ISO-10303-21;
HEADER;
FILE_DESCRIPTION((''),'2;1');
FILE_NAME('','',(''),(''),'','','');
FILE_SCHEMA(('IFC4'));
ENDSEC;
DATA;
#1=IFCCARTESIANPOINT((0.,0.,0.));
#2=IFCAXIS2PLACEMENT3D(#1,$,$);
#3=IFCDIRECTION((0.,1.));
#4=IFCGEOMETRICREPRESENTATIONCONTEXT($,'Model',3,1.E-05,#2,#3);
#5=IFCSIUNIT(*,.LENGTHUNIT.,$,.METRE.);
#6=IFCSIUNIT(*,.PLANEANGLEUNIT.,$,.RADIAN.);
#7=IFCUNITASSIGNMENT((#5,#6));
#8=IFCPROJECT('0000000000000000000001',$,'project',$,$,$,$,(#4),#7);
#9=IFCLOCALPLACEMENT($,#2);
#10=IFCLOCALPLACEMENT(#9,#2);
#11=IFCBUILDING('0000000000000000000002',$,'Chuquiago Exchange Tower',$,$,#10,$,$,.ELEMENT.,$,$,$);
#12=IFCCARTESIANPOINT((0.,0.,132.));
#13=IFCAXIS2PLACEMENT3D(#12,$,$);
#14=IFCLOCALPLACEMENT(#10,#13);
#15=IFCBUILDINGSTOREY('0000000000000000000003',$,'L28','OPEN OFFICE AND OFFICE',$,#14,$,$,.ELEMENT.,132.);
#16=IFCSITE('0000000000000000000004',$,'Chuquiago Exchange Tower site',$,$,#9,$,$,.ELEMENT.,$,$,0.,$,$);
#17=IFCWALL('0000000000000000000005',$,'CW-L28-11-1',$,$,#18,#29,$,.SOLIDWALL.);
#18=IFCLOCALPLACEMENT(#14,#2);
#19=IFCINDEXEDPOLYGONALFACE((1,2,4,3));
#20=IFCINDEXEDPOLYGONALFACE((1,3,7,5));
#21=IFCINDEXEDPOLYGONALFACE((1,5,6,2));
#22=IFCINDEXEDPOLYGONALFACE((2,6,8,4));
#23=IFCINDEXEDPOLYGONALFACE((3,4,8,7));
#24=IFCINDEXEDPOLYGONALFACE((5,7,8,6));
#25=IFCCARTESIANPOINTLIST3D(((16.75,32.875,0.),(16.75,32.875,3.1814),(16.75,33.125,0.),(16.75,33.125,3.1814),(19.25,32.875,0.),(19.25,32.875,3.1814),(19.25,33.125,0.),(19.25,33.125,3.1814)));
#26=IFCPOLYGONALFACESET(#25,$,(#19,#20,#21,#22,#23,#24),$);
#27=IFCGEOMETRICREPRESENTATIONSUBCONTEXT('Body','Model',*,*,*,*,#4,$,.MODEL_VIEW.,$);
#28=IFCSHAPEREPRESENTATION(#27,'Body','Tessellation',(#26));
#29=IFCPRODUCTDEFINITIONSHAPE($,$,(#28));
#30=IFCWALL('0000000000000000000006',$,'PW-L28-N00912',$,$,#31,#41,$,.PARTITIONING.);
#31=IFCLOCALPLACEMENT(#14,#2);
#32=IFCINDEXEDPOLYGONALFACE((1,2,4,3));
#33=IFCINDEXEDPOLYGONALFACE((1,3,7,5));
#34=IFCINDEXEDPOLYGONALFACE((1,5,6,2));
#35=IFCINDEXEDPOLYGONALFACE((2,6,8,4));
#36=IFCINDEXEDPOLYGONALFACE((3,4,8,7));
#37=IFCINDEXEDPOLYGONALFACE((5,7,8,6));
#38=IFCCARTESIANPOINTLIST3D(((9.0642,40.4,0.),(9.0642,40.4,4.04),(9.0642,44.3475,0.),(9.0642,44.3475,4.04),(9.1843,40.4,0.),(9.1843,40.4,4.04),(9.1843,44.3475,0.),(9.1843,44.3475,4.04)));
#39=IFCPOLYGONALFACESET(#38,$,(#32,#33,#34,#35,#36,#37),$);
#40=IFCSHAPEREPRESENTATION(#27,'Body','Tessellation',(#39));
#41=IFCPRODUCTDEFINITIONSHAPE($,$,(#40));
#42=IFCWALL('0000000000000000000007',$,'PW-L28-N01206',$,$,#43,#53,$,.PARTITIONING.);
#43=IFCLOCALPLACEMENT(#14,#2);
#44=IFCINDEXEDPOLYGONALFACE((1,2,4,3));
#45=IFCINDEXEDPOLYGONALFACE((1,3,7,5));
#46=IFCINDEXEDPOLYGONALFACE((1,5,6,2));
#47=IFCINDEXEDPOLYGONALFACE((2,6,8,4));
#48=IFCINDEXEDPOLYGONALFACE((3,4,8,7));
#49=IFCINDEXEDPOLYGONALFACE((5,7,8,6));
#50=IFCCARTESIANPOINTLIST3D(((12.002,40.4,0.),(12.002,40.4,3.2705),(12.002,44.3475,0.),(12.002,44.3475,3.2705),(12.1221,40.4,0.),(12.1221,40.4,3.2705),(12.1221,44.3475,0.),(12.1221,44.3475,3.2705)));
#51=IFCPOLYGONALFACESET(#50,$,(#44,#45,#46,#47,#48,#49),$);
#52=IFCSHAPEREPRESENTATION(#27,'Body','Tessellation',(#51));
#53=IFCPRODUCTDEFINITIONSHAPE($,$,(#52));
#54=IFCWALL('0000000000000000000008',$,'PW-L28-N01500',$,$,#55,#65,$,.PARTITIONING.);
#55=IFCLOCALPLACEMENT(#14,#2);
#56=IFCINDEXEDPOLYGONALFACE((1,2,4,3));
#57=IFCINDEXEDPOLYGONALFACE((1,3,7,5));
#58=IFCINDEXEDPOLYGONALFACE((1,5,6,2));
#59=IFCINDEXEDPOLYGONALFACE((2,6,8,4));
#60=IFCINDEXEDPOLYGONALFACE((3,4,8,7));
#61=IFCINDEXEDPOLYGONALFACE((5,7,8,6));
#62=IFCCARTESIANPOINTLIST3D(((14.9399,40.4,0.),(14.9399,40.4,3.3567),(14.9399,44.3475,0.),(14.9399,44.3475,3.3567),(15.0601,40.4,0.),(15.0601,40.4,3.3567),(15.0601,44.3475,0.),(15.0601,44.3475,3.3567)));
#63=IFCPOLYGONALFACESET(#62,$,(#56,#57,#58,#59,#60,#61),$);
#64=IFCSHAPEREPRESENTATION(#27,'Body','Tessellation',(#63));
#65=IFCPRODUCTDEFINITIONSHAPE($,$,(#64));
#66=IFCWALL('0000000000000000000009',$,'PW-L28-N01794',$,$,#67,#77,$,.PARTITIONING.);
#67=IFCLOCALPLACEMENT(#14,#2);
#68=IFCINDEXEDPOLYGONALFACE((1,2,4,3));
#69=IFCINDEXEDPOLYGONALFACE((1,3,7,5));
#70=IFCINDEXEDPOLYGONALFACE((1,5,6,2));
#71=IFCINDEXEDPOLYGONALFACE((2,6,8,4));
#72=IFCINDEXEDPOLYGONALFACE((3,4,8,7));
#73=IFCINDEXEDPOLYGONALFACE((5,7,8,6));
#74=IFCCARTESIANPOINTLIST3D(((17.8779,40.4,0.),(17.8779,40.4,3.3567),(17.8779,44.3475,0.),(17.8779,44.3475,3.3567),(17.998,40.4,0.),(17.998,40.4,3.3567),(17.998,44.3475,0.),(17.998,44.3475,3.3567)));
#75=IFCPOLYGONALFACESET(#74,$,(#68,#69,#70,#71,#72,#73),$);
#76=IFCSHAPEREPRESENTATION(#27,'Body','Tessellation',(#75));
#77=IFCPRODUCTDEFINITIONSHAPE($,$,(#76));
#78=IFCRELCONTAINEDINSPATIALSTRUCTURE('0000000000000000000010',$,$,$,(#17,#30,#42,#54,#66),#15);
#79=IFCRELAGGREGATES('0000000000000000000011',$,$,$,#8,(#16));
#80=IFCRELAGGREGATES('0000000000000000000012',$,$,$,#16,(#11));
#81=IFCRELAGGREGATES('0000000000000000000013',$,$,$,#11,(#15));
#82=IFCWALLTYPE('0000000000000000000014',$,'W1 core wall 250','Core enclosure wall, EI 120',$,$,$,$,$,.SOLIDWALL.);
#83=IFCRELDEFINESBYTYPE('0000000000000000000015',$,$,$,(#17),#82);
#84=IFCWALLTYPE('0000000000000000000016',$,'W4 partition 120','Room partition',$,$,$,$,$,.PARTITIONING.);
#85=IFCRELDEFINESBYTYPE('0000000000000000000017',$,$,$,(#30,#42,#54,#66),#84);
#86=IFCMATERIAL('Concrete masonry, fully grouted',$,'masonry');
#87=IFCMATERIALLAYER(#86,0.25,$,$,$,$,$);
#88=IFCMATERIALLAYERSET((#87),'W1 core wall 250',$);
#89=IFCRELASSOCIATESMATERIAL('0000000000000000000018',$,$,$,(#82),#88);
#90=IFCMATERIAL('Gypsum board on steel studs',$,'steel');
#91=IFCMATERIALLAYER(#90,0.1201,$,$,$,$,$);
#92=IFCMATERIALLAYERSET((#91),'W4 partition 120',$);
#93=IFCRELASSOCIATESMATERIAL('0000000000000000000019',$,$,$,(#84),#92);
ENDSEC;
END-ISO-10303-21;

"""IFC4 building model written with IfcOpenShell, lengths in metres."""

from ifc_helpers import new_model, si_unit, direction, frame, frame_2d, origin, place, context, subcontext, project, spatial, rectangle, extrude, material, layer, layer_set, type_object, element, save


model = new_model("IFC4")

# Units and contexts
model_context = context("Model", 3, precision=1e-05, world=origin(), true_north=direction((0.0, 1.0)))
body_context = subcontext(model_context, "Body", "Model", "MODEL_VIEW")
ifc_project = project(units=[si_unit("LENGTHUNIT", "METRE"), si_unit("PLANEANGLEUNIT", "RADIAN")], contexts=[model_context])

# Site, building, storey
site_placement = place(None, origin())
site = spatial("IfcSite", under=ifc_project, at=site_placement, Name="Chuquiago Exchange Tower site", CompositionType="ELEMENT", RefElevation=0.0)
building_placement = place(site_placement, origin())
building = spatial("IfcBuilding", under=site, at=building_placement, Name="Chuquiago Exchange Tower", CompositionType="ELEMENT")
storey_placement = place(building_placement, frame((0.0, 0.0, 132.0)))
storey = spatial("IfcBuildingStorey", under=building, at=storey_placement, Name="L28", Description="OPEN OFFICE AND OFFICE", CompositionType="ELEMENT", Elevation=132.0)

# Walls
ifc_material_1 = material(Name="Concrete masonry, fully grouted", Category="masonry")
ifc_layer_1 = layer(ifc_material_1, 0.25)
ifc_layer_set_1 = layer_set([ifc_layer_1], Name="W1 core wall 250")
wall_type_1 = type_object("IfcWallType", Name="W1 core wall 250", Description="Core enclosure wall, EI 120", PredefinedType="SOLIDWALL", material=ifc_layer_set_1)
wall_1_placement = place(storey_placement, frame((16.75, 33.0, 0.0), z_axis=(0.0, 0.0, 1.0), x_axis=(1.0, 0.0, 0.0)))
element("IfcWall", 1, at=wall_1_placement, inside=storey, type_object=wall_type_1, Name="CW-L28-11-1", PredefinedType="SOLIDWALL", context=body_context, shape_type="SweptSolid", body=[
    extrude(rectangle(XDim=2.5, YDim=0.25, at=frame_2d((1.25, 0.0))), origin(), (0.0, 0.0, 1.0), 3.1814),
])
ifc_material_2 = material(Name="Gypsum board on steel studs", Category="steel")
ifc_layer_2 = layer(ifc_material_2, 0.1201)
ifc_layer_set_2 = layer_set([ifc_layer_2], Name="W4 partition 120")
wall_type_2 = type_object("IfcWallType", Name="W4 partition 120", Description="Room partition", PredefinedType="PARTITIONING", material=ifc_layer_set_2)
wall_2_placement = place(storey_placement, frame((9.1243, 44.3474, 0.0), z_axis=(0.0, 0.0, 1.0), x_axis=(0.0, -1.0, 0.0)))
element("IfcWall", 2, at=wall_2_placement, inside=storey, type_object=wall_type_2, Name="PW-L28-N00912", PredefinedType="PARTITIONING", context=body_context, shape_type="SweptSolid", body=[
    extrude(rectangle(XDim=3.9475, YDim=0.1201, at=frame_2d((1.9736, 0.0))), origin(), (0.0, 0.0, 1.0), 4.04),
])
wall_3_placement = place(storey_placement, frame((12.062, 44.3474, 0.0), z_axis=(0.0, 0.0, 1.0), x_axis=(0.0, -1.0, 0.0)))
element("IfcWall", 3, at=wall_3_placement, inside=storey, type_object=wall_type_2, Name="PW-L28-N01206", PredefinedType="PARTITIONING", context=body_context, shape_type="SweptSolid", body=[
    extrude(rectangle(XDim=3.9475, YDim=0.1201, at=frame_2d((1.9736, 0.0))), origin(), (0.0, 0.0, 1.0), 3.2705),
])
for number, where, z_axis, x_axis, name in (
    (4, (15.0, 44.3474, 0.0), (0.0, 0.0, 1.0), (0.0, -1.0, 0.0), "PW-L28-N01500"),
    (5, (17.938, 44.3474, 0.0), (0.0, 0.0, 1.0), (0.0, -1.0, 0.0), "PW-L28-N01794"),
):
    element("IfcWall", number, at=place(storey_placement, frame(where, z_axis=z_axis, x_axis=x_axis)), inside=storey, type_object=wall_type_2, Name=name, PredefinedType="PARTITIONING", context=body_context, shape_type="SweptSolid", body=[
        extrude(rectangle(XDim=3.9475, YDim=0.1201, at=frame_2d((1.9736, 0.0))), origin(), (0.0, 0.0, 1.0), 3.3567),
    ])

save(model, "model.ifc")
